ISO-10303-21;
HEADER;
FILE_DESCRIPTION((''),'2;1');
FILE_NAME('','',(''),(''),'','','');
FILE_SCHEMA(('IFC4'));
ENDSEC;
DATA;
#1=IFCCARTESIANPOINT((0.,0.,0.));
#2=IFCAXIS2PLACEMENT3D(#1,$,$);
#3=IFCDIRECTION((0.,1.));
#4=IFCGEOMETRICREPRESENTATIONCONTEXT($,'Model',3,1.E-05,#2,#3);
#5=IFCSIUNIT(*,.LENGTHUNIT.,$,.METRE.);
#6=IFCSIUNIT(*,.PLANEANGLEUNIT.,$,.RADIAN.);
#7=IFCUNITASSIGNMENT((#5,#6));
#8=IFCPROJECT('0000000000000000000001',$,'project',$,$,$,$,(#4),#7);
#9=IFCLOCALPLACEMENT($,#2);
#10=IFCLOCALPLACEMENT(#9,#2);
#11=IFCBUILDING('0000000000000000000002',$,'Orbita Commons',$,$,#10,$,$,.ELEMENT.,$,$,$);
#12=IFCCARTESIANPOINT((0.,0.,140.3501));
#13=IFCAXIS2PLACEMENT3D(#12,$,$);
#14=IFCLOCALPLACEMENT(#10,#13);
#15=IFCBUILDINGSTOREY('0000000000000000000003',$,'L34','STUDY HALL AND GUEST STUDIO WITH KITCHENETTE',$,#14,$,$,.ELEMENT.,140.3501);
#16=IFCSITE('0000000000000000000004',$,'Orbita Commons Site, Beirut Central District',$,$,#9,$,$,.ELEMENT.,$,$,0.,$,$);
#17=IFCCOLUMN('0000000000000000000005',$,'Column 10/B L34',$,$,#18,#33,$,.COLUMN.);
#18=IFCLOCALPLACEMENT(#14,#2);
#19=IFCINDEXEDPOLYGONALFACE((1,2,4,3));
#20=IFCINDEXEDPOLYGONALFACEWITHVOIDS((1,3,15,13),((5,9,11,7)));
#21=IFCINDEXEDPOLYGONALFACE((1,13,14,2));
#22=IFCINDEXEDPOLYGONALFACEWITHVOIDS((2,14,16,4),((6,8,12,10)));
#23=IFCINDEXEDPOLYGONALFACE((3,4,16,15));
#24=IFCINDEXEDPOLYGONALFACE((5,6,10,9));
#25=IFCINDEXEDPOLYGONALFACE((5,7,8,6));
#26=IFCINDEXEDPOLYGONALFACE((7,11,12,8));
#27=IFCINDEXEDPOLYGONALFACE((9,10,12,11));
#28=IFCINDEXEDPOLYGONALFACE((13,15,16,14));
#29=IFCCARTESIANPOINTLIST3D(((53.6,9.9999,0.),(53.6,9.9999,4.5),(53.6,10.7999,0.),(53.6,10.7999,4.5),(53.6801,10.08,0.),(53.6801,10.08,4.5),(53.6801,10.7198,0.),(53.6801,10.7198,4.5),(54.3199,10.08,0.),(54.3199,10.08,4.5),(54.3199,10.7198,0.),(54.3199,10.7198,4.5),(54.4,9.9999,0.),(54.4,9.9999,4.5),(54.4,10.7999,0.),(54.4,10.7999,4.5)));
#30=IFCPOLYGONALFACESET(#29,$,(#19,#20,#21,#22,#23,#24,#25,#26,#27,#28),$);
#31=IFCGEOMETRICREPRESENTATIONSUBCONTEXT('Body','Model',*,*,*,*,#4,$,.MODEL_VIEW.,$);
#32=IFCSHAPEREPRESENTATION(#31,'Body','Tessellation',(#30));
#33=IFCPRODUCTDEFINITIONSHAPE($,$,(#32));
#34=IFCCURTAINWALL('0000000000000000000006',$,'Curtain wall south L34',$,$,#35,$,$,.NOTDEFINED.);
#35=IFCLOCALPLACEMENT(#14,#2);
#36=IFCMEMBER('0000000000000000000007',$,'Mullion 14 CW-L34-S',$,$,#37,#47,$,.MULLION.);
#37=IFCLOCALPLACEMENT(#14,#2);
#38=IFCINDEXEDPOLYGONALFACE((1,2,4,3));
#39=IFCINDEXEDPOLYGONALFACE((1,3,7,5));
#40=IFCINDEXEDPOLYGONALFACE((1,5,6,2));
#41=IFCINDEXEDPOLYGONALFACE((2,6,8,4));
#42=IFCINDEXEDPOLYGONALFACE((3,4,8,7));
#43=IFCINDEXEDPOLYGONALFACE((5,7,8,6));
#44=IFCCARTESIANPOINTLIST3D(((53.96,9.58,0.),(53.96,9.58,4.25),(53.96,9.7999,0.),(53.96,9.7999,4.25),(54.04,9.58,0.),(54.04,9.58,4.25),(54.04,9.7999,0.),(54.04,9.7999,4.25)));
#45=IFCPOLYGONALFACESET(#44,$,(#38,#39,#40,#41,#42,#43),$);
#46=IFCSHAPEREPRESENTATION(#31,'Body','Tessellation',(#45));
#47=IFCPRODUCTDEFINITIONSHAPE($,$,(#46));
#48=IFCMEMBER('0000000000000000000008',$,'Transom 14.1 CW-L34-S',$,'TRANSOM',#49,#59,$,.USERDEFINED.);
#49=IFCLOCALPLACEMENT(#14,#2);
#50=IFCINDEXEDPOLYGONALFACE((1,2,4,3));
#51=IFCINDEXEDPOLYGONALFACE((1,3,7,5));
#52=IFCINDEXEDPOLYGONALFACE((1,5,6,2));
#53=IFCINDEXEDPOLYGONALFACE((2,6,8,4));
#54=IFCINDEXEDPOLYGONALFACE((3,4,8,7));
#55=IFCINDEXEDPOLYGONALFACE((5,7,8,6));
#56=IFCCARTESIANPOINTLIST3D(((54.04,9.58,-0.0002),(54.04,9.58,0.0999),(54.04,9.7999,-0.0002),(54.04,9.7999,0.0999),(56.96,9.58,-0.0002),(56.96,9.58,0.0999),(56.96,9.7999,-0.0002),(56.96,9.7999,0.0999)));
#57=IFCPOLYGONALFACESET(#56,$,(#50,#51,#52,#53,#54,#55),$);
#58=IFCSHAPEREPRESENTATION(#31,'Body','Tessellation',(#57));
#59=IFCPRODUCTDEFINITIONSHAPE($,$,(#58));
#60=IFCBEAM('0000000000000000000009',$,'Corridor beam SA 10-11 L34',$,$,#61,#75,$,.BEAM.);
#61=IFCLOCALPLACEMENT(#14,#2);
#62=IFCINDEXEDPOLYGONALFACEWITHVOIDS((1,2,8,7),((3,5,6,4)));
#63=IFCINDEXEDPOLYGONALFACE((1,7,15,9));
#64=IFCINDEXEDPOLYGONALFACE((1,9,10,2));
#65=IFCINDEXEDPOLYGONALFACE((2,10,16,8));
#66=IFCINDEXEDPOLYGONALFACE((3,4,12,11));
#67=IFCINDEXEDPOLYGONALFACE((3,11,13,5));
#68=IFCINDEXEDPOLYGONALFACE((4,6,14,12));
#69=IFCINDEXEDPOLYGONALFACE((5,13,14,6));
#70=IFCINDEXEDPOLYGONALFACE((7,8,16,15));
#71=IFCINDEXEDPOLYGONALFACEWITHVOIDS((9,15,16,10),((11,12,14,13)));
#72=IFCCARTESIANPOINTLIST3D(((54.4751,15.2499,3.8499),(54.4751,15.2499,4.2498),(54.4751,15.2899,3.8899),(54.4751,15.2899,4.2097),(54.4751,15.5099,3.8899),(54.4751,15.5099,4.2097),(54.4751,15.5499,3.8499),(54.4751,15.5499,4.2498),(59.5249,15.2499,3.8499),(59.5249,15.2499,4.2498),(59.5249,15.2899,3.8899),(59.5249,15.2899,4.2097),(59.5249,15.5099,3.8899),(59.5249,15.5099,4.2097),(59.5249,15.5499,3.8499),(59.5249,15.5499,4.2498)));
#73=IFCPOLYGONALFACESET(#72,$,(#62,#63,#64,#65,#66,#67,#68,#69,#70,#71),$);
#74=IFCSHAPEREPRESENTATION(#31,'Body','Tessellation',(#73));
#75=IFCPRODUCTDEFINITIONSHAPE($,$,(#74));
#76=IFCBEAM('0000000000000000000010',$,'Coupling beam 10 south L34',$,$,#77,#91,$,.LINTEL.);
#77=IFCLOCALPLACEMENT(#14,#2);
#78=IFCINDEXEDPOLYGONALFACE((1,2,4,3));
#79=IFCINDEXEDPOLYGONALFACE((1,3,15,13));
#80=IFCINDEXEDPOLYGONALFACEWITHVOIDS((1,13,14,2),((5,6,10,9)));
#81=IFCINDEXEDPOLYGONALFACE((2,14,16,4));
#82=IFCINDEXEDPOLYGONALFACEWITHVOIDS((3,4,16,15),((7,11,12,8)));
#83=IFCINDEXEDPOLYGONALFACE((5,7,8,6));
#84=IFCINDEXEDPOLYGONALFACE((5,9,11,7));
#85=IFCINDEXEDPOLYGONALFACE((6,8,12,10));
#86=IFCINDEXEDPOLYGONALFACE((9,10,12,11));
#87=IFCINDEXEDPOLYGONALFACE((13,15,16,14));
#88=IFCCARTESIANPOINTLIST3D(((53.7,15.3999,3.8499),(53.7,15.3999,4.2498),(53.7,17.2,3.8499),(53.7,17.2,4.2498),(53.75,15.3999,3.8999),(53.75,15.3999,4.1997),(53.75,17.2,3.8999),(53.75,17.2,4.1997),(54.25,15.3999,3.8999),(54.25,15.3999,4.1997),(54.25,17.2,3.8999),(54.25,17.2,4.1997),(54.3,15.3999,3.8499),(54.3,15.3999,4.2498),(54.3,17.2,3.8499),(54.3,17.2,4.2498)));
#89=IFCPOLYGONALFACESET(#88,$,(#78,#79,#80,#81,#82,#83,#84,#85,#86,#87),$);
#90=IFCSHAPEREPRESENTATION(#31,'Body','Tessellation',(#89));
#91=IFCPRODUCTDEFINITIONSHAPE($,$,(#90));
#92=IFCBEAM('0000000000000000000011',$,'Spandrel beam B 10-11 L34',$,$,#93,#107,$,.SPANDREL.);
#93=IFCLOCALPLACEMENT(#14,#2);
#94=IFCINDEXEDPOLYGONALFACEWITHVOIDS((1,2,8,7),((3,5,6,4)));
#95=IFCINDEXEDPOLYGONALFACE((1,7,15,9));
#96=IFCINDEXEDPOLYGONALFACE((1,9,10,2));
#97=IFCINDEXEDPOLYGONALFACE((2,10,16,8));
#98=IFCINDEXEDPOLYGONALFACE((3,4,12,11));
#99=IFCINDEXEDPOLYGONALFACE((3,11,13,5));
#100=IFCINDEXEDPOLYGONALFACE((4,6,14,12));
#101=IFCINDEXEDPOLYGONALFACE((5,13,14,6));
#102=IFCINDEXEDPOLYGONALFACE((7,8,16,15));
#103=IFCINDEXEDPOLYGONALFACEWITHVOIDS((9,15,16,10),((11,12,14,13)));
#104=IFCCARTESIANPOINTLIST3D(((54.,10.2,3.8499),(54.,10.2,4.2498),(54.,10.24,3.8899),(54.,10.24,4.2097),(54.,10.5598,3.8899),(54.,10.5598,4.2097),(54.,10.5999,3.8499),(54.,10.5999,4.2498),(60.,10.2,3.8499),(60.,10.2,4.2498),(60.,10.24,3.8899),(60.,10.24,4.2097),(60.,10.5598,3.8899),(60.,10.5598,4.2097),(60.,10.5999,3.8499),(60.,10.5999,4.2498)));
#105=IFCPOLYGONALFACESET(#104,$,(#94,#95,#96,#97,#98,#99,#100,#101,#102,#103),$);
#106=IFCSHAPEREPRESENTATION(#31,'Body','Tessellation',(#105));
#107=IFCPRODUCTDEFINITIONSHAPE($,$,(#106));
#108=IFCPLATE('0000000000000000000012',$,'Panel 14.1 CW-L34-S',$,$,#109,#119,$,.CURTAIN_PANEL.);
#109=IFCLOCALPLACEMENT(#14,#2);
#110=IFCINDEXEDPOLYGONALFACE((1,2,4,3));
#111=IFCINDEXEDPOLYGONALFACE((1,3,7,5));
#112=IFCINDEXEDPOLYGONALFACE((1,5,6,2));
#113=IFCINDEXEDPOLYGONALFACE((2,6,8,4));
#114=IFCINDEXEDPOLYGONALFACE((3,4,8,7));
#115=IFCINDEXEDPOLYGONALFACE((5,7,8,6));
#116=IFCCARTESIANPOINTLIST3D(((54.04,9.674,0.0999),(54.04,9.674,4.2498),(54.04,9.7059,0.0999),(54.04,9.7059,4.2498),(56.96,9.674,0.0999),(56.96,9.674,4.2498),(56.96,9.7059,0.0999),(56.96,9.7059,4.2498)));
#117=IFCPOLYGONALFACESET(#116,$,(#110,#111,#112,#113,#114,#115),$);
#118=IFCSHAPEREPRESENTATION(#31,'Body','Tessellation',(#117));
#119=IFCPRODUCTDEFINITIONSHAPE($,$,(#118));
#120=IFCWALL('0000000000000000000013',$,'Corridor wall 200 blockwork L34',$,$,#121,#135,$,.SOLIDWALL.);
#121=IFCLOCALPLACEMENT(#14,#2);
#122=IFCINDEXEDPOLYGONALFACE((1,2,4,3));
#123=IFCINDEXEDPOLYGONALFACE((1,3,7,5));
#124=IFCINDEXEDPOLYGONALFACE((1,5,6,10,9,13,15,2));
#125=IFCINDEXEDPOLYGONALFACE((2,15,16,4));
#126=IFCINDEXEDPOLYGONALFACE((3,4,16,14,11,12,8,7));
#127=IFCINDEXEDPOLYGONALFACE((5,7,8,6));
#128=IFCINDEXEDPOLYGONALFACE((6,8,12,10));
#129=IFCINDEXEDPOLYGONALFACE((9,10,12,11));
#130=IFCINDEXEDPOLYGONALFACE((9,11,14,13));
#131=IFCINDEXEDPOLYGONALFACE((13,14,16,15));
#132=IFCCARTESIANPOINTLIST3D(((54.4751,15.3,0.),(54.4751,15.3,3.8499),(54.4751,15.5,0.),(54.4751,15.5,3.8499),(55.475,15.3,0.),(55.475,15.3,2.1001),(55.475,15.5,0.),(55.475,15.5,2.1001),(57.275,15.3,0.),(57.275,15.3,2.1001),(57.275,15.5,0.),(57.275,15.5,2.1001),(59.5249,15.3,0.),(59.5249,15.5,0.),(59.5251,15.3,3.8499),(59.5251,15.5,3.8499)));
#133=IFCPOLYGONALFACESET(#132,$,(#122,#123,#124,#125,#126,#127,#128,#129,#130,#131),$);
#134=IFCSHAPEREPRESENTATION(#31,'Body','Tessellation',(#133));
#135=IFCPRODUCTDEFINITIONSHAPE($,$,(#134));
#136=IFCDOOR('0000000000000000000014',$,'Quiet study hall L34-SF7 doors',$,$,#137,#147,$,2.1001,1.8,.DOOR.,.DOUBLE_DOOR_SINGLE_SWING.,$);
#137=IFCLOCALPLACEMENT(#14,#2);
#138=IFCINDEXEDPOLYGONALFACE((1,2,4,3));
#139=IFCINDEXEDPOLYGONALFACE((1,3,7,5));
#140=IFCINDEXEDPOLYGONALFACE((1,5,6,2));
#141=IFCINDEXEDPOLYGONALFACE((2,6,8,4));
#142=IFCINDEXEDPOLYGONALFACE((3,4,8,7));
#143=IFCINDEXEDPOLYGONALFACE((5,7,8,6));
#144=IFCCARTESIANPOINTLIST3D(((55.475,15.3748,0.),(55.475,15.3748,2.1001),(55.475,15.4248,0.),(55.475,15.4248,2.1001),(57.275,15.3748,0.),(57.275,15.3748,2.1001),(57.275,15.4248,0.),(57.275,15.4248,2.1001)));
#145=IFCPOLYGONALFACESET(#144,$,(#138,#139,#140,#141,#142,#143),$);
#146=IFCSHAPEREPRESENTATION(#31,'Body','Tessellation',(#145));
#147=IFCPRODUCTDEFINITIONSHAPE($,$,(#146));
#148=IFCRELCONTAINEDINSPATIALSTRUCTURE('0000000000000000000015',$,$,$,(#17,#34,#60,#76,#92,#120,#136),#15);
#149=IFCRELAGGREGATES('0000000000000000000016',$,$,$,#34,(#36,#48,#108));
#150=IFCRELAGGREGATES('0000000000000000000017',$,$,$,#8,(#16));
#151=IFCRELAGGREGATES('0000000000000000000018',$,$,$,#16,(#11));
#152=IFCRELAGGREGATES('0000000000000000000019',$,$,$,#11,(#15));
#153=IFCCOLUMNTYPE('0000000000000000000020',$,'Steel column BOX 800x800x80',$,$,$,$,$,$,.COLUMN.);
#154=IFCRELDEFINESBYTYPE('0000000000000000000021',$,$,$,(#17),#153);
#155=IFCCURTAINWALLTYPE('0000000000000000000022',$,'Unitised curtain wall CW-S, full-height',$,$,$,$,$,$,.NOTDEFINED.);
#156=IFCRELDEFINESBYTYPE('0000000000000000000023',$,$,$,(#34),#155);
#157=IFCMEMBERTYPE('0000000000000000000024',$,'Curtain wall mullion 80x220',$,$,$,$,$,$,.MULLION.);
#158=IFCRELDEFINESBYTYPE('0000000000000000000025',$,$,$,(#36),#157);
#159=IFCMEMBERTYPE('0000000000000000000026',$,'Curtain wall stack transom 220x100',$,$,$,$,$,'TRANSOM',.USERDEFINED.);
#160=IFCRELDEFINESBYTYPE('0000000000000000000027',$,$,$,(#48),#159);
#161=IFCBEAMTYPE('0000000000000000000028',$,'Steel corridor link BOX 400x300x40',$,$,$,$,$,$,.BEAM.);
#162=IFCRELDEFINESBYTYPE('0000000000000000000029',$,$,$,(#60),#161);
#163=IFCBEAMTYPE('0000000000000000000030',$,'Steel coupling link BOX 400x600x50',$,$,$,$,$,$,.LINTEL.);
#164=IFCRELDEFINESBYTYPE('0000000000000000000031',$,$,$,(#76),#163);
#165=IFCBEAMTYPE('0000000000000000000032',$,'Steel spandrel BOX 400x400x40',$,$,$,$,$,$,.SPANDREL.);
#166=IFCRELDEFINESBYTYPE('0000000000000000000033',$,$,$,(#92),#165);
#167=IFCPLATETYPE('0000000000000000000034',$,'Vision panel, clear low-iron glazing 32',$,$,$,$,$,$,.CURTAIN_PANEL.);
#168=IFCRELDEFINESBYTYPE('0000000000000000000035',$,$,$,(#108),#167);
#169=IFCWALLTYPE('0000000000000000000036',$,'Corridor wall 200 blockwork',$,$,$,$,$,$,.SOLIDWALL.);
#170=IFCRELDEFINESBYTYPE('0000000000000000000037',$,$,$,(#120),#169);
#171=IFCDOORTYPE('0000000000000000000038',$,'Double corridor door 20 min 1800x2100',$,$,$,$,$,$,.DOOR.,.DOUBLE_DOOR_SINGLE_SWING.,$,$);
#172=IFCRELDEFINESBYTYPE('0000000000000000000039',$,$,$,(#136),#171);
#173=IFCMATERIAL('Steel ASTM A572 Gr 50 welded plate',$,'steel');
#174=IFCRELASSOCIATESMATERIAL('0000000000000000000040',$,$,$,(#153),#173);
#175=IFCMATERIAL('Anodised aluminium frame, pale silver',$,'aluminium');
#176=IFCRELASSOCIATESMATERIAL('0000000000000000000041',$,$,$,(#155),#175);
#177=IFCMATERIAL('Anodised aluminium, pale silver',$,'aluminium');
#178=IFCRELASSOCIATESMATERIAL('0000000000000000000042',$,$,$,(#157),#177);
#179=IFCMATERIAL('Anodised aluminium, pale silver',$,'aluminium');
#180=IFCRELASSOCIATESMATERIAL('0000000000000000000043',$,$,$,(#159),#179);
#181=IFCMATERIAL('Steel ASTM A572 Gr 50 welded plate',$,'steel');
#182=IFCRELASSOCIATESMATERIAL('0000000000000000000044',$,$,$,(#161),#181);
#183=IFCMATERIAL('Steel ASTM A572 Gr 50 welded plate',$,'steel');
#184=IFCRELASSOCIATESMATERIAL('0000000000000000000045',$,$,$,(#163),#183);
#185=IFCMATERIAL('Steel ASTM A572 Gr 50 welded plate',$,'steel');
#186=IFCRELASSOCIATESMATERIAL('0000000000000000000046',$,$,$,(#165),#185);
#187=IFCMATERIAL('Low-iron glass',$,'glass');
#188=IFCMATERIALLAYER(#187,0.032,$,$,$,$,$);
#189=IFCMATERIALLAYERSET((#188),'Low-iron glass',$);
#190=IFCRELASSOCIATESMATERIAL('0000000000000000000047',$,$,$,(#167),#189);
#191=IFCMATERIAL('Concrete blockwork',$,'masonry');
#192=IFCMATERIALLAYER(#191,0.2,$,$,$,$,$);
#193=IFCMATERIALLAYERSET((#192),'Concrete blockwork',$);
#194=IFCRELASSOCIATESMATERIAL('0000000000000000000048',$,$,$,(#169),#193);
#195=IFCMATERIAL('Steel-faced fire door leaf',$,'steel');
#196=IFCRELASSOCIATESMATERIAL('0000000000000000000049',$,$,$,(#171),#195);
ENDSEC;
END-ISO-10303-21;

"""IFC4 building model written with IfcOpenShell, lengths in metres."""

from ifc_helpers import new_model, si_unit, direction, frame, frame_2d, origin, origin_2d, place, context, subcontext, project, spatial, polyline, rectangle, hollow_rectangle, outline, extrude, material, layer, layer_set, material_profile, profile_set, type_object, element, fill, aggregate, save


model = new_model("IFC4")

# Units and contexts
model_context = context("Model", 3, precision=1e-05, world=origin(), true_north=direction((0.0, 1.0)))
body_context = subcontext(model_context, "Body", "Model", "MODEL_VIEW")
ifc_project = project(units=[si_unit("LENGTHUNIT", "METRE"), si_unit("PLANEANGLEUNIT", "RADIAN")], contexts=[model_context])

# Site, building, storey
site_placement = place(None, origin())
site = spatial("IfcSite", under=ifc_project, at=site_placement, Name="Orbita Commons Site, Beirut Central District", CompositionType="ELEMENT", RefElevation=0.0)
building_placement = place(site_placement, origin())
building = spatial("IfcBuilding", under=site, at=building_placement, Name="Orbita Commons", CompositionType="ELEMENT")
storey_placement = place(building_placement, frame((0.0, 0.0, 140.3501)))
storey = spatial("IfcBuildingStorey", under=building, at=storey_placement, Name="L34", Description="STUDY HALL AND GUEST STUDIO WITH KITCHENETTE", CompositionType="ELEMENT", Elevation=140.3501)

# Column
ifc_material_1 = material(Name="Steel ASTM A572 Gr 50 welded plate", Category="steel")
ifc_material_profile_1 = material_profile(ifc_material_1, hollow_rectangle(XDim=0.8, YDim=0.8, WallThickness=0.0801, at=origin_2d()), Name="BOX 800x800x80")
ifc_profile_set_1 = profile_set([ifc_material_profile_1], Name="Steel ASTM A572 Gr 50 welded plate")
column_type = type_object("IfcColumnType", Name="Steel column BOX 800x800x80", PredefinedType="COLUMN", material=ifc_profile_set_1)
column_placement = place(storey_placement, frame((54.0, 10.3999, 0.0), z_axis=(0.0, 0.0, 1.0), x_axis=(1.0, 0.0, 0.0)))
element("IfcColumn", 1, at=column_placement, inside=storey, type_object=column_type, Name="Column 10/B L34", PredefinedType="COLUMN", context=body_context, shape_type="SweptSolid", body=[
    extrude(hollow_rectangle(XDim=0.8, YDim=0.8, WallThickness=0.0801, at=origin_2d()), origin(), (0.0, 0.0, 1.0), 4.5),
])

# Curtain wall, members
ifc_material_2 = material(Name="Anodised aluminium frame, pale silver", Category="aluminium")
curtain_wall_type = type_object("IfcCurtainWallType", Name="Unitised curtain wall CW-S, full-height", PredefinedType="NOTDEFINED", material=ifc_material_2)
curtain_wall_placement = place(storey_placement, origin())
curtain_wall = element("IfcCurtainWall", 2, at=curtain_wall_placement, inside=storey, type_object=curtain_wall_type, Name="Curtain wall south L34", PredefinedType="NOTDEFINED")
ifc_material_3 = material(Name="Anodised aluminium, pale silver", Category="aluminium")
ifc_material_profile_2 = material_profile(ifc_material_3, rectangle(XDim=0.0801, YDim=0.22, at=origin_2d()), Name="AL 80x220")
ifc_profile_set_2 = profile_set([ifc_material_profile_2], Name="Anodised aluminium, pale silver")
member_type_1 = type_object("IfcMemberType", Name="Curtain wall mullion 80x220", PredefinedType="MULLION", material=ifc_profile_set_2)
member_1_placement = place(storey_placement, frame((54.0, 9.6899, 0.0), z_axis=(0.0, 0.0, 1.0), x_axis=(1.0, 0.0, 0.0)))
member_1 = element("IfcMember", 3, at=member_1_placement, type_object=member_type_1, Name="Mullion 14 CW-L34-S", PredefinedType="MULLION", context=body_context, shape_type="SweptSolid", body=[
    extrude(rectangle(XDim=0.0801, YDim=0.22, at=origin_2d()), origin(), (0.0, 0.0, 1.0), 4.25),
])
ifc_material_4 = material(Name="Anodised aluminium, pale silver", Category="aluminium")
ifc_material_profile_3 = material_profile(ifc_material_4, rectangle(XDim=0.22, YDim=0.1001, at=origin_2d()), Name="AL 220x100")
ifc_profile_set_3 = profile_set([ifc_material_profile_3], Name="Anodised aluminium, pale silver")
member_type_2 = type_object("IfcMemberType", Name="Curtain wall stack transom 220x100", ElementType="TRANSOM", PredefinedType="USERDEFINED", material=ifc_profile_set_3)
member_2_placement = place(storey_placement, frame((54.04, 9.6899, 0.0498), z_axis=(1.0, 0.0, 0.0), x_axis=(0.0, 1.0, 0.0)))
member_2 = element("IfcMember", 4, at=member_2_placement, type_object=member_type_2, Name="Transom 14.1 CW-L34-S", ObjectType="TRANSOM", PredefinedType="USERDEFINED", context=body_context, shape_type="SweptSolid", body=[
    extrude(rectangle(XDim=0.22, YDim=0.1001, at=origin_2d()), origin(), (0.0, 0.0, 1.0), 2.9199),
])

# Beams
ifc_material_5 = material(Name="Steel ASTM A572 Gr 50 welded plate", Category="steel")
ifc_material_profile_4 = material_profile(ifc_material_5, hollow_rectangle(XDim=0.3, YDim=0.3999, WallThickness=0.04, at=origin_2d()), Name="BOX 400x300x40")
ifc_profile_set_4 = profile_set([ifc_material_profile_4], Name="Steel ASTM A572 Gr 50 welded plate")
beam_type_1 = type_object("IfcBeamType", Name="Steel corridor link BOX 400x300x40", PredefinedType="BEAM", material=ifc_profile_set_4)
beam_1_placement = place(storey_placement, frame((54.4751, 15.3999, 4.0498), z_axis=(1.0, 0.0, 0.0), x_axis=(0.0, 1.0, 0.0)))
element("IfcBeam", 5, at=beam_1_placement, inside=storey, type_object=beam_type_1, Name="Corridor beam SA 10-11 L34", PredefinedType="BEAM", context=body_context, shape_type="SweptSolid", body=[
    extrude(hollow_rectangle(XDim=0.3, YDim=0.3999, WallThickness=0.04, at=origin_2d()), origin(), (0.0, 0.0, 1.0), 5.0498),
])
ifc_material_6 = material(Name="Steel ASTM A572 Gr 50 welded plate", Category="steel")
ifc_material_profile_5 = material_profile(ifc_material_6, hollow_rectangle(XDim=0.6001, YDim=0.3999, WallThickness=0.05, at=origin_2d()), Name="BOX 400x600x50")
ifc_profile_set_5 = profile_set([ifc_material_profile_5], Name="Steel ASTM A572 Gr 50 welded plate")
beam_type_2 = type_object("IfcBeamType", Name="Steel coupling link BOX 400x600x50", PredefinedType="LINTEL", material=ifc_profile_set_5)
beam_2_placement = place(storey_placement, frame((54.0, 15.3999, 4.0498), z_axis=(0.0, 1.0, 0.0), x_axis=(-1.0, 0.0, 0.0)))
element("IfcBeam", 6, at=beam_2_placement, inside=storey, type_object=beam_type_2, Name="Coupling beam 10 south L34", PredefinedType="LINTEL", context=body_context, shape_type="SweptSolid", body=[
    extrude(hollow_rectangle(XDim=0.6001, YDim=0.3999, WallThickness=0.05, at=origin_2d()), origin(), (0.0, 0.0, 1.0), 1.8),
])
ifc_material_7 = material(Name="Steel ASTM A572 Gr 50 welded plate", Category="steel")
ifc_material_profile_6 = material_profile(ifc_material_7, hollow_rectangle(XDim=0.3999, YDim=0.3999, WallThickness=0.04, at=origin_2d()), Name="BOX 400x400x40")
ifc_profile_set_6 = profile_set([ifc_material_profile_6], Name="Steel ASTM A572 Gr 50 welded plate")
beam_type_3 = type_object("IfcBeamType", Name="Steel spandrel BOX 400x400x40", PredefinedType="SPANDREL", material=ifc_profile_set_6)
beam_3_placement = place(storey_placement, frame((54.0, 10.3999, 4.0498), z_axis=(1.0, 0.0, 0.0), x_axis=(0.0, 1.0, 0.0)))
element("IfcBeam", 7, at=beam_3_placement, inside=storey, type_object=beam_type_3, Name="Spandrel beam B 10-11 L34", PredefinedType="SPANDREL", context=body_context, shape_type="SweptSolid", body=[
    extrude(hollow_rectangle(XDim=0.3999, YDim=0.3999, WallThickness=0.04, at=origin_2d()), origin(), (0.0, 0.0, 1.0), 6.0),
])

# Plate
ifc_material_8 = material(Name="Low-iron glass", Category="glass")
ifc_layer_1 = layer(ifc_material_8, 0.032)
ifc_layer_set_1 = layer_set([ifc_layer_1], Name="Low-iron glass")
plate_type = type_object("IfcPlateType", Name="Vision panel, clear low-iron glazing 32", PredefinedType="CURTAIN_PANEL", material=ifc_layer_set_1)
plate_placement = place(storey_placement, frame((55.5, 9.6899, 0.0999), z_axis=(0.0, 0.0, 1.0), x_axis=(1.0, 0.0, 0.0)))
plate = element("IfcPlate", 8, at=plate_placement, type_object=plate_type, Name="Panel 14.1 CW-L34-S", PredefinedType="CURTAIN_PANEL", context=body_context, shape_type="SweptSolid", body=[
    extrude(rectangle(XDim=2.9199, YDim=0.032, at=origin_2d()), origin(), (0.0, 0.0, 1.0), 4.1499),
])
aggregate(curtain_wall, [member_1, member_2, plate])

# Wall, opening, door
ifc_material_9 = material(Name="Concrete blockwork", Category="masonry")
ifc_layer_2 = layer(ifc_material_9, 0.2)
ifc_layer_set_2 = layer_set([ifc_layer_2], Name="Concrete blockwork")
wall_type_1 = type_object("IfcWallType", Name="Corridor wall 200 blockwork", PredefinedType="SOLIDWALL", material=ifc_layer_set_2)
wall_1_placement = place(storey_placement, frame((54.4751, 15.3999, 0.0), z_axis=(0.0, 0.0, 1.0), x_axis=(1.0, 0.0, 0.0)))
wall_1 = element("IfcWall", 9, at=wall_1_placement, inside=storey, type_object=wall_type_1, Name="Corridor wall 200 blockwork L34", PredefinedType="SOLIDWALL", context=body_context, shape_type="SweptSolid", body=[
    extrude(outline(polyline([(0.0, 0.0), (5.0498, 0.0), (5.05, 3.8499), (0.0, 3.8499), (0.0, 0.0)])), frame((0.0, 0.1001, 0.0), z_axis=(0.0, -1.0, 0.0), x_axis=(1.0, 0.0, 0.0)), (0.0, 0.0, 1.0), 0.2),
])
opening_1_placement = place(wall_1_placement, frame((1.0, 0.0, 0.0)))
opening_1 = element("IfcOpeningElement", 10, at=opening_1_placement, cuts=wall_1, PredefinedType="OPENING", context=body_context, shape_type="SweptSolid", body=[
    extrude(rectangle(XDim=1.8, YDim=2.1001, at=frame_2d((0.8999, 1.05))), frame((0.0, 0.1099, 0.0), z_axis=(0.0, -1.0, 0.0), x_axis=(1.0, 0.0, 0.0)), (0.0, 0.0, 1.0), 0.22),
])
ifc_material_10 = material(Name="Steel-faced fire door leaf", Category="steel")
door_type_1 = type_object("IfcDoorType", Name="Double corridor door 20 min 1800x2100", OperationType="DOUBLE_DOOR_SINGLE_SWING", PredefinedType="DOOR", material=ifc_material_10)
door_1_placement = place(opening_1_placement, origin())
door_1 = element("IfcDoor", 11, at=door_1_placement, inside=storey, type_object=door_type_1, Name="Quiet study hall L34-SF7 doors", OperationType="DOUBLE_DOOR_SINGLE_SWING", OverallHeight=2.1001, OverallWidth=1.8, PredefinedType="DOOR", context=body_context, shape_type="SweptSolid", body=[
    extrude(rectangle(XDim=1.8, YDim=2.1001, at=frame_2d((0.8999, 1.05))), frame((0.0, 0.0249, 0.0), z_axis=(0.0, -1.0, 0.0), x_axis=(1.0, 0.0, 0.0)), (0.0, 0.0, 1.0), 0.05),
])
fill(opening_1, door_1)

save(model, "model.ifc")
